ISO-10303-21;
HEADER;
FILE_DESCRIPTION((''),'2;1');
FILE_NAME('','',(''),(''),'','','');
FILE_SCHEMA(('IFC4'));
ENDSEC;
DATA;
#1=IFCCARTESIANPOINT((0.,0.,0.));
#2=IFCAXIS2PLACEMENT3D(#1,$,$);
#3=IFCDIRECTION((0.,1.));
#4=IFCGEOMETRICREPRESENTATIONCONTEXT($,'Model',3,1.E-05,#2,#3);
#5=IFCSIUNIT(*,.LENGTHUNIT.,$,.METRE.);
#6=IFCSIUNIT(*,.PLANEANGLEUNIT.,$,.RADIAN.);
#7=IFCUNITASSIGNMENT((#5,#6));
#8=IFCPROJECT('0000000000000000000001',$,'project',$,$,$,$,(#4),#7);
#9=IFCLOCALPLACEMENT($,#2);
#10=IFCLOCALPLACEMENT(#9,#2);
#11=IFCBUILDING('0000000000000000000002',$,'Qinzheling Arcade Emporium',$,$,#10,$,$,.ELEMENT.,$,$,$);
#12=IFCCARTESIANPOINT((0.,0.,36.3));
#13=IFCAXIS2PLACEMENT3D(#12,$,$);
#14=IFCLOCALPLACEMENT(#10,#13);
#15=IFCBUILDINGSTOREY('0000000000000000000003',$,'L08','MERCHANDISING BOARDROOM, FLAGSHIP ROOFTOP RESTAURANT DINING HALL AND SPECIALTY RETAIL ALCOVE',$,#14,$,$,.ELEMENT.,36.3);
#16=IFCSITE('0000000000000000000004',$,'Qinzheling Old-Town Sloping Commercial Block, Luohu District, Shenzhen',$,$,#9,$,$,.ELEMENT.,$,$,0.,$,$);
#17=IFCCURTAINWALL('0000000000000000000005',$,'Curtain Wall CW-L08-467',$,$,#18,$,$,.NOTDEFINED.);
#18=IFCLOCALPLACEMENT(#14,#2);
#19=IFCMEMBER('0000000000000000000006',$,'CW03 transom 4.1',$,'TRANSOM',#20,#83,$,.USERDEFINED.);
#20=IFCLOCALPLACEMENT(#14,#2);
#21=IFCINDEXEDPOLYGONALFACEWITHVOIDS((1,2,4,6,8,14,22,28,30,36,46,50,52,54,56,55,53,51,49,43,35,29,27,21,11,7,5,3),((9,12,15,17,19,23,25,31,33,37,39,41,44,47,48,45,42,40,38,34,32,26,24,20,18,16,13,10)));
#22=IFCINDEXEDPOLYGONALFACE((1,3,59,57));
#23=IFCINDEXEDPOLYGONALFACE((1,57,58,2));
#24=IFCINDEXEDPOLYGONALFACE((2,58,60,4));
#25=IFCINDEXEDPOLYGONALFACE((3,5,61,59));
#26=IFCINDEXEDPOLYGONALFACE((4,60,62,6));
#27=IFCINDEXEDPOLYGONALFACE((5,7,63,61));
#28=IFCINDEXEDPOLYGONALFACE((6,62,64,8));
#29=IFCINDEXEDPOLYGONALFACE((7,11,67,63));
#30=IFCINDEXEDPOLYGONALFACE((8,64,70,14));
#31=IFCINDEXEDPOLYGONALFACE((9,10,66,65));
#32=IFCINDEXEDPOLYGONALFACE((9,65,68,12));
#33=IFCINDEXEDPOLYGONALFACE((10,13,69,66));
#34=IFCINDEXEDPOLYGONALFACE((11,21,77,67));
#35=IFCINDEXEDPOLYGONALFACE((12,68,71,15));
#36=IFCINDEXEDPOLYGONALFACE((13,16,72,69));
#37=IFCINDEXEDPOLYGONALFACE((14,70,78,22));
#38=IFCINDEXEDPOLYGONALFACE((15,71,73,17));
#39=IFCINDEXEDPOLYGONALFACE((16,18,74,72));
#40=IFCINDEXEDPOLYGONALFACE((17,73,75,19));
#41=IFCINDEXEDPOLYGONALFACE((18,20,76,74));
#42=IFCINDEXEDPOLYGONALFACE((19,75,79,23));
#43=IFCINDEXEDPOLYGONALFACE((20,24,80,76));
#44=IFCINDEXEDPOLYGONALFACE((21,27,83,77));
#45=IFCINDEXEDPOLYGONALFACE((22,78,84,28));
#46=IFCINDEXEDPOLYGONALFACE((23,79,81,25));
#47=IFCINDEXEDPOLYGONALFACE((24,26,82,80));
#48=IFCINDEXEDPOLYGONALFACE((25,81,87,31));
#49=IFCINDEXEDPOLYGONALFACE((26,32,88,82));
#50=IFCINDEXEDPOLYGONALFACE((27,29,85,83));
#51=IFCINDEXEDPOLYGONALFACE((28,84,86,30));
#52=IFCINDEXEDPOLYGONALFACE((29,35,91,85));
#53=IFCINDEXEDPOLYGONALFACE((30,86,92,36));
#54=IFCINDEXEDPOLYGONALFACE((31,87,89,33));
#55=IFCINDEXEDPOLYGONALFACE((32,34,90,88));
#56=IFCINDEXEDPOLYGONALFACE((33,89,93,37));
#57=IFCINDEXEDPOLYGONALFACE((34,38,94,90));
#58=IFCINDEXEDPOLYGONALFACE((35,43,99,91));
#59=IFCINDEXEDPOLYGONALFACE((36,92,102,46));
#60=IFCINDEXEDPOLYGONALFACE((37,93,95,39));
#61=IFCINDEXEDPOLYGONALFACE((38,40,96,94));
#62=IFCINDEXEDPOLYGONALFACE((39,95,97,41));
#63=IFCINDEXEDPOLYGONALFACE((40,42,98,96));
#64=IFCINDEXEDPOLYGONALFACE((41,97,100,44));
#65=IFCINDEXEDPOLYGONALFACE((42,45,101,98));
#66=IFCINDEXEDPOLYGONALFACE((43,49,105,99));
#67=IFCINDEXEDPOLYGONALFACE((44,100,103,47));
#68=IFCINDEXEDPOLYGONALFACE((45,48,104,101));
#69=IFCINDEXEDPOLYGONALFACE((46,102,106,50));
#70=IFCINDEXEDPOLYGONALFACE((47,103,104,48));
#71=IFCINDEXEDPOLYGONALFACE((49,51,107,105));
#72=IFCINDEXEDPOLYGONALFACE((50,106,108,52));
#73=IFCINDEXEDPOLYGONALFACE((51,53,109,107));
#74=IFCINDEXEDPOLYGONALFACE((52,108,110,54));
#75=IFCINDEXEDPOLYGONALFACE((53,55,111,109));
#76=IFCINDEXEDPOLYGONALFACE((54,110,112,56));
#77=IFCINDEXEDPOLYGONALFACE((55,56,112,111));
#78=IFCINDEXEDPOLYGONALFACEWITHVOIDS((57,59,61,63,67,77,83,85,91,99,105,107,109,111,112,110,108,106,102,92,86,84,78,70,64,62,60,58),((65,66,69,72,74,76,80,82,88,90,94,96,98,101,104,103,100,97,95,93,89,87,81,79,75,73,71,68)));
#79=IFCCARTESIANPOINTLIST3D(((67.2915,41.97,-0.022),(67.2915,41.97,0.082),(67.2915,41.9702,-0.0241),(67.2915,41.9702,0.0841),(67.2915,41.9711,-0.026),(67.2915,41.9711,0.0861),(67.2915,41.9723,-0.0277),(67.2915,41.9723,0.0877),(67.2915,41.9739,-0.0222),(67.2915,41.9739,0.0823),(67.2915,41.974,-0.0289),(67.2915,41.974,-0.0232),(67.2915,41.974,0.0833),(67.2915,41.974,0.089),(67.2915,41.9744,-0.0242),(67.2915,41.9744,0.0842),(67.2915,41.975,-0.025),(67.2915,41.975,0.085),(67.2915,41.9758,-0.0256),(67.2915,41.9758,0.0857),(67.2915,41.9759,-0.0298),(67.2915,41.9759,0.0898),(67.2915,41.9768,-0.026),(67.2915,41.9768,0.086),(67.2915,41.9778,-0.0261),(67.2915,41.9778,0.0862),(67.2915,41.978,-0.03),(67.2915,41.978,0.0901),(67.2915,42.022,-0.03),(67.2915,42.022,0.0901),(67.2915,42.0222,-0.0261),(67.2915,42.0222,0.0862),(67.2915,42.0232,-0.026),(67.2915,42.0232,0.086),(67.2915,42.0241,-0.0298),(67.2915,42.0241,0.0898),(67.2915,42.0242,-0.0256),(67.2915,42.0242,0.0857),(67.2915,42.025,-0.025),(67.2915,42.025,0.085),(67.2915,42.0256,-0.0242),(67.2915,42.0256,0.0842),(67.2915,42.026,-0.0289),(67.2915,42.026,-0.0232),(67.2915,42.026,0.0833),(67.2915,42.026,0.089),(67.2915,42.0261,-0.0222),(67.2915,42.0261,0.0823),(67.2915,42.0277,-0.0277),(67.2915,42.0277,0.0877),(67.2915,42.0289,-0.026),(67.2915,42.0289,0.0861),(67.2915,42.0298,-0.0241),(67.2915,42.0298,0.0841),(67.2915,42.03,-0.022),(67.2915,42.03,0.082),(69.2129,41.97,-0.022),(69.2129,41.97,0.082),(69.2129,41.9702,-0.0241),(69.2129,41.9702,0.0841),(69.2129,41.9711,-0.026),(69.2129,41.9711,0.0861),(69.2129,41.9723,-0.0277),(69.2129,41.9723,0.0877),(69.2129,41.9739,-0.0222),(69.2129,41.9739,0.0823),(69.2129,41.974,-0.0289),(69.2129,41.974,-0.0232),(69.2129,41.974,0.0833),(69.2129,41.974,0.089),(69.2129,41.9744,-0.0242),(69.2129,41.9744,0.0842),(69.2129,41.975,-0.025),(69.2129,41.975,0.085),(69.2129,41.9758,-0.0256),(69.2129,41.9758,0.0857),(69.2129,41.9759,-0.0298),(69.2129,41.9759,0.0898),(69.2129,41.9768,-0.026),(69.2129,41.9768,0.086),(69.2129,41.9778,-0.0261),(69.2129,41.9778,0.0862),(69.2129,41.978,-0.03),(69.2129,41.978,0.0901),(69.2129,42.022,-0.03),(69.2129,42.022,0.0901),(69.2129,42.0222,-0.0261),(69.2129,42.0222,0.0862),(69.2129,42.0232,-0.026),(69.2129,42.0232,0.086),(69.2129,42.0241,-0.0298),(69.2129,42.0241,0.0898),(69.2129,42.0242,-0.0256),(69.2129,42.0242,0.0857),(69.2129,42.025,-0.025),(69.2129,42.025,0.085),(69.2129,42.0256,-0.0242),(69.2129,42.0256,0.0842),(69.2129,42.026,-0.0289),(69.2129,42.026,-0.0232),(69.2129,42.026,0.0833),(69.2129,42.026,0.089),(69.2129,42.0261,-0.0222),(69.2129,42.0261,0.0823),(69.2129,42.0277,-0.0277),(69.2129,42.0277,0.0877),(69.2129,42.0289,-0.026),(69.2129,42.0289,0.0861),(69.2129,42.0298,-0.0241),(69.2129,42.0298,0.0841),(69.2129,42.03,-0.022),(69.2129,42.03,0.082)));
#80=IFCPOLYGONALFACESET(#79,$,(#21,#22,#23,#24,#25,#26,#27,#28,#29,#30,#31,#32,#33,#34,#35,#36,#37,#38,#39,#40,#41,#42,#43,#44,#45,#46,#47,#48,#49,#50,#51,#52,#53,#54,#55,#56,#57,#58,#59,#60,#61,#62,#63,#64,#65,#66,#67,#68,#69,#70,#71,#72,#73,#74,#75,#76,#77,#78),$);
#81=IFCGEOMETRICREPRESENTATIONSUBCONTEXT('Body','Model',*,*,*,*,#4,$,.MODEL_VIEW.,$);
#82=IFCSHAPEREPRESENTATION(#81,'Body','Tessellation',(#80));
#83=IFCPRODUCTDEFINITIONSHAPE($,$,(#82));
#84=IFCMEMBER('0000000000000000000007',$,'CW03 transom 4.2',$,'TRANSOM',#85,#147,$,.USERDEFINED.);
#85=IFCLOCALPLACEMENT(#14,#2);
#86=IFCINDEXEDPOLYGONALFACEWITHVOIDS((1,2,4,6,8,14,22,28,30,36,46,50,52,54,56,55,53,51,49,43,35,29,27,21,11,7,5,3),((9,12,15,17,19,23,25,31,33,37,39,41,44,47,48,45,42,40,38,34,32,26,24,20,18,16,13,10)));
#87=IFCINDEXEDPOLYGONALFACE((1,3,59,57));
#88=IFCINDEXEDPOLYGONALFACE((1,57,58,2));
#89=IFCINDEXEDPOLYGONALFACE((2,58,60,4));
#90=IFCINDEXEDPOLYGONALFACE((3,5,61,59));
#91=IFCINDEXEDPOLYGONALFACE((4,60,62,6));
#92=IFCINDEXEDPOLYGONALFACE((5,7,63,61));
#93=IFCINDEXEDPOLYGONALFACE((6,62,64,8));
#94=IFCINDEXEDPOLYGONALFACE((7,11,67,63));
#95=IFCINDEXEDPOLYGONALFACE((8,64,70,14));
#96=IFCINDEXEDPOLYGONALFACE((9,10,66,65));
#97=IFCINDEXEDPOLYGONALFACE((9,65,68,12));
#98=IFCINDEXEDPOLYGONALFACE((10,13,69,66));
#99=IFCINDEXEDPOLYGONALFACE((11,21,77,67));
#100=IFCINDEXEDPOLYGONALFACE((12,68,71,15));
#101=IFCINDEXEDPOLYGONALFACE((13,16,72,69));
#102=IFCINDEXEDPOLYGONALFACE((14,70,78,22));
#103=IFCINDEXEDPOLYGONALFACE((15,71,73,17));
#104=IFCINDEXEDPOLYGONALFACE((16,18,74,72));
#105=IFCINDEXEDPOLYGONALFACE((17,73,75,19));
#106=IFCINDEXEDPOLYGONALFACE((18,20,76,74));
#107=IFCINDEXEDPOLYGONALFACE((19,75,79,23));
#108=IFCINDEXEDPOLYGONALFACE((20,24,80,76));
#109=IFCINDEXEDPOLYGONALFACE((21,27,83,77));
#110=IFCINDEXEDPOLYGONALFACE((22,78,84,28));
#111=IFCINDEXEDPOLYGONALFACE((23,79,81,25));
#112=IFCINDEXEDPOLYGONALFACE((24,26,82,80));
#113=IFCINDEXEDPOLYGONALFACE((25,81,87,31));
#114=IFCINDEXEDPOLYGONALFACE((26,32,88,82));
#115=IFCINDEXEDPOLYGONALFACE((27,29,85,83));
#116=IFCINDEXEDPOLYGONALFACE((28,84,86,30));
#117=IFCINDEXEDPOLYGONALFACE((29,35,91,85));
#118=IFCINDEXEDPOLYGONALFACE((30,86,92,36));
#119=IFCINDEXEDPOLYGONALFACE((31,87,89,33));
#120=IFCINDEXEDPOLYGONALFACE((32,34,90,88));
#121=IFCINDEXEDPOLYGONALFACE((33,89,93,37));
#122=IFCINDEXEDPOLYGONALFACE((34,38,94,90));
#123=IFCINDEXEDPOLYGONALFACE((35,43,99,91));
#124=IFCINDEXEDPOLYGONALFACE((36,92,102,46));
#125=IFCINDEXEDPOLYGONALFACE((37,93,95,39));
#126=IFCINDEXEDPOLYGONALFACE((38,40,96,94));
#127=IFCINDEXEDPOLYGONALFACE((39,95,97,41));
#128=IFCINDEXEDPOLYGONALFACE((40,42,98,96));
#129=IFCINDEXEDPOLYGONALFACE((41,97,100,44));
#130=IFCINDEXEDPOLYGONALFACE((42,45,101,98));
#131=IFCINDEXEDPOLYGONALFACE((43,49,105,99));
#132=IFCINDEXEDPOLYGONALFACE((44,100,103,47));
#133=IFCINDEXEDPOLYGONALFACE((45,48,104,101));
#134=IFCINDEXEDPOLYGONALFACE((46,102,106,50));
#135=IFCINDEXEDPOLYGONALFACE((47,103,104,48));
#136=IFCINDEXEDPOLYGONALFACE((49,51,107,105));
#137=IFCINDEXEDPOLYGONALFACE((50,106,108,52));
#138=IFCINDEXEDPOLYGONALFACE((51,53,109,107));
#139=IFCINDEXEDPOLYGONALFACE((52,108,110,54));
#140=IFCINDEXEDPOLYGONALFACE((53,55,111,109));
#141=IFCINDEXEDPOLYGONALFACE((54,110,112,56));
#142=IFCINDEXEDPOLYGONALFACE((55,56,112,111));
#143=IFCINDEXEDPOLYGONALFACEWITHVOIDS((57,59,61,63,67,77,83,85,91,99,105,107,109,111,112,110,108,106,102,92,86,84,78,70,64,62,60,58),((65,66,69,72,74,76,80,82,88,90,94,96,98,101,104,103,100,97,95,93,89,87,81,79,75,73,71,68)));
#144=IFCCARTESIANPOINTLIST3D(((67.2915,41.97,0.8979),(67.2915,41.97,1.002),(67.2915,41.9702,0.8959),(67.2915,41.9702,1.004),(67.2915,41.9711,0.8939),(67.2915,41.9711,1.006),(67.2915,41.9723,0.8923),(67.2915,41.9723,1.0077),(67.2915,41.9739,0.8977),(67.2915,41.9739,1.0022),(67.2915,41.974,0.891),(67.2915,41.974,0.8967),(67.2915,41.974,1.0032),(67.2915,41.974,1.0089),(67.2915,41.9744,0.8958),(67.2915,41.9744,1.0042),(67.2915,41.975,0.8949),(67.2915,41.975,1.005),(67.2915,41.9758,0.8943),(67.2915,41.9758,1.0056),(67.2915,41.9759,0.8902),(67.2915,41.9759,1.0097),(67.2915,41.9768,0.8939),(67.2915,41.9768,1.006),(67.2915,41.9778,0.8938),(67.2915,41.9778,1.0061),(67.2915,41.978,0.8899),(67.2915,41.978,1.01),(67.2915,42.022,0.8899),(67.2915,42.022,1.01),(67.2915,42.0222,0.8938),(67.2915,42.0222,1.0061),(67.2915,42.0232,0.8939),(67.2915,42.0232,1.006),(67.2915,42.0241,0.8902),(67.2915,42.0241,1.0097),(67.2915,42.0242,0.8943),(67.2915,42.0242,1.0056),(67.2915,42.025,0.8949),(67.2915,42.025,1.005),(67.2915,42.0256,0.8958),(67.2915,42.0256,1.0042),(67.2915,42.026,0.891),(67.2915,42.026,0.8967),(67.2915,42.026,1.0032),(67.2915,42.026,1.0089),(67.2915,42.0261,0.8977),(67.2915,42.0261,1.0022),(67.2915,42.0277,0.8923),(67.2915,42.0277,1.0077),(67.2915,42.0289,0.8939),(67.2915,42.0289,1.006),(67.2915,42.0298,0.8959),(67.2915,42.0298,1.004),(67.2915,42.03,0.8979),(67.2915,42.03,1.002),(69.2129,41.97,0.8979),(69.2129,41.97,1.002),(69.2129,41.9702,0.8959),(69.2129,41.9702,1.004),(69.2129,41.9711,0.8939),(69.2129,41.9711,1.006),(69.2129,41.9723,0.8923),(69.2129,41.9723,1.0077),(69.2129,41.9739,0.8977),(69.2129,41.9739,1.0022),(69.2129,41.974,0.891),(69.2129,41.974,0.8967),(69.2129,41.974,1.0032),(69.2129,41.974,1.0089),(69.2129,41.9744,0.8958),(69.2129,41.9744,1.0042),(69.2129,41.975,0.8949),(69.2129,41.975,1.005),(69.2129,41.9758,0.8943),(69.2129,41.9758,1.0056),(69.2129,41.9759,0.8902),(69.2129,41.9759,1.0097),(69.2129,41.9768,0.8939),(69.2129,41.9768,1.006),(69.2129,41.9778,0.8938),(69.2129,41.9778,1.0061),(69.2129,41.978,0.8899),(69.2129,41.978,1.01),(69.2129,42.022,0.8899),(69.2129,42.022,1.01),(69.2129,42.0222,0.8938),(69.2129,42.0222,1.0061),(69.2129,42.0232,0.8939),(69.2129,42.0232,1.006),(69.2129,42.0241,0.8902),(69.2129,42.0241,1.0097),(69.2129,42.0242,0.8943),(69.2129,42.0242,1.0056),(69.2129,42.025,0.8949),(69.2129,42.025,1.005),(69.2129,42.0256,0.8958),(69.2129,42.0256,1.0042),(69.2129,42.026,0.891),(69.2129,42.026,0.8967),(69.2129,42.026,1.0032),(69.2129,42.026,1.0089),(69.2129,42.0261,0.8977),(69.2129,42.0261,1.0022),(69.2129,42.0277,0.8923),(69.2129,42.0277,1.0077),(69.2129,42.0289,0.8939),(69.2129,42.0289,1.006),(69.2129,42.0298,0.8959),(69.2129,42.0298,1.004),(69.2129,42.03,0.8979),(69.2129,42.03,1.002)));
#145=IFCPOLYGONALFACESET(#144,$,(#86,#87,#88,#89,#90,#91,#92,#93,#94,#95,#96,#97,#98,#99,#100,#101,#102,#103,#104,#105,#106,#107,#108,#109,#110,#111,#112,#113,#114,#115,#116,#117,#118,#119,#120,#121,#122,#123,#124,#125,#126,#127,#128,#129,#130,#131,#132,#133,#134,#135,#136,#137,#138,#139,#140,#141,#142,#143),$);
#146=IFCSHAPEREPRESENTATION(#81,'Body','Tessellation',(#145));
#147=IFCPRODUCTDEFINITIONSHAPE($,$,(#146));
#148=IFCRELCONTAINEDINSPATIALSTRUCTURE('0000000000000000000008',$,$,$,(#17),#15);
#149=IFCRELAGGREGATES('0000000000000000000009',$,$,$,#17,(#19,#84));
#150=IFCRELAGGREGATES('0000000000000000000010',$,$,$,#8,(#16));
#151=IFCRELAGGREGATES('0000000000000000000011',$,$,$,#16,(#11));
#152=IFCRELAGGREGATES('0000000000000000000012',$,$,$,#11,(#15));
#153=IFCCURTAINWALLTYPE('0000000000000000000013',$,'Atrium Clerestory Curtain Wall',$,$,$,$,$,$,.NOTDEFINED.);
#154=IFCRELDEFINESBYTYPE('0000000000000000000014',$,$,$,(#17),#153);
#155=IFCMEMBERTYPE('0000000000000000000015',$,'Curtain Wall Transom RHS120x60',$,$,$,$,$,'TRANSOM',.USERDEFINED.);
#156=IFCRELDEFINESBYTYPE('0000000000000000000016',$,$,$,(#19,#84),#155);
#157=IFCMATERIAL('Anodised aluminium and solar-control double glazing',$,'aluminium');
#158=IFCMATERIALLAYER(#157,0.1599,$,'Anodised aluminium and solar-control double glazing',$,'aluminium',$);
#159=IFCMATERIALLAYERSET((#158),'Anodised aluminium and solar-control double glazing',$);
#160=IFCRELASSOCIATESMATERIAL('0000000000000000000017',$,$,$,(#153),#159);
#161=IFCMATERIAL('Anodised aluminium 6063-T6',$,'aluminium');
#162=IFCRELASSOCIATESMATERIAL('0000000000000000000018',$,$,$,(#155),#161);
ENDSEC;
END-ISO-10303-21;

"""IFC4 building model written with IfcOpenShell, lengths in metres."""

from ifc_helpers import new_model, si_unit, direction, frame, origin, origin_2d, place, context, subcontext, project, spatial, hollow_rectangle, extrude, material, layer, layer_set, material_profile, profile_set, type_object, element, aggregate, save


model = new_model("IFC4")

# Units and contexts
model_context = context("Model", 3, precision=1e-05, world=origin(), true_north=direction((0.0, 1.0)))
body_context = subcontext(model_context, "Body", "Model", "MODEL_VIEW")
ifc_project = project(units=[si_unit("LENGTHUNIT", "METRE"), si_unit("PLANEANGLEUNIT", "RADIAN")], contexts=[model_context])

# Site, building, storey
site_placement = place(None, origin())
site = spatial("IfcSite", under=ifc_project, at=site_placement, Name="Qinzheling Old-Town Sloping Commercial Block, Luohu District, Shenzhen", CompositionType="ELEMENT", RefElevation=0.0)
building_placement = place(site_placement, origin())
building = spatial("IfcBuilding", under=site, at=building_placement, Name="Qinzheling Arcade Emporium", CompositionType="ELEMENT")
storey_placement = place(building_placement, frame((0.0, 0.0, 36.3)))
storey = spatial("IfcBuildingStorey", under=building, at=storey_placement, Name="L08", Description="MERCHANDISING BOARDROOM, FLAGSHIP ROOFTOP RESTAURANT DINING HALL AND SPECIALTY RETAIL ALCOVE", CompositionType="ELEMENT", Elevation=36.3)

# Curtain wall, members
ifc_material_1 = material(Name="Anodised aluminium and solar-control double glazing", Category="aluminium")
ifc_layer_1 = layer(ifc_material_1, 0.1599, Name="Anodised aluminium and solar-control double glazing", Category="aluminium")
ifc_layer_set_1 = layer_set([ifc_layer_1], Name="Anodised aluminium and solar-control double glazing")
curtain_wall_type = type_object("IfcCurtainWallType", Name="Atrium Clerestory Curtain Wall", PredefinedType="NOTDEFINED", material=ifc_layer_set_1)
curtain_wall_placement = place(storey_placement, origin())
curtain_wall = element("IfcCurtainWall", 1, at=curtain_wall_placement, inside=storey, type_object=curtain_wall_type, Name="Curtain Wall CW-L08-467", PredefinedType="NOTDEFINED")
ifc_material_2 = material(Name="Anodised aluminium 6063-T6", Category="aluminium")
ifc_material_profile_1 = material_profile(ifc_material_2, hollow_rectangle(XDim=0.0601, YDim=0.1201, WallThickness=0.0039, InnerFilletRadius=0.0039, OuterFilletRadius=0.0081, at=origin_2d()), Name="RHS 120x60x4", Category="aluminium")
ifc_profile_set_1 = profile_set([ifc_material_profile_1], Name="Anodised aluminium 6063-T6")
member_type_1 = type_object("IfcMemberType", Name="Curtain Wall Transom RHS120x60", ElementType="TRANSOM", PredefinedType="USERDEFINED", material=ifc_profile_set_1)
member_1_placement = place(storey_placement, frame((67.2915, 42.0, 0.03), z_axis=(1.0, 0.0, 0.0), x_axis=(0.0, 1.0, 0.0)))
member_1 = element("IfcMember", 2, at=member_1_placement, type_object=member_type_1, Name="CW03 transom 4.1", ObjectType="TRANSOM", PredefinedType="USERDEFINED", context=body_context, shape_type="SweptSolid", body=[
    extrude(hollow_rectangle(XDim=0.0601, YDim=0.1201, WallThickness=0.0039, InnerFilletRadius=0.0039, OuterFilletRadius=0.0081, at=origin_2d()), origin(), (0.0, 0.0, 1.0), 1.9214),
])
member_2_placement = place(storey_placement, frame((67.2915, 42.0, 0.95), z_axis=(1.0, 0.0, 0.0), x_axis=(0.0, 1.0, 0.0)))
member_2 = element("IfcMember", 3, at=member_2_placement, type_object=member_type_1, Name="CW03 transom 4.2", ObjectType="TRANSOM", PredefinedType="USERDEFINED", context=body_context, shape_type="SweptSolid", body=[
    extrude(hollow_rectangle(XDim=0.0601, YDim=0.1201, WallThickness=0.0039, InnerFilletRadius=0.0039, OuterFilletRadius=0.0081, at=origin_2d()), origin(), (0.0, 0.0, 1.0), 1.9214),
])
aggregate(curtain_wall, [member_1, member_2])

save(model, "model.ifc")
